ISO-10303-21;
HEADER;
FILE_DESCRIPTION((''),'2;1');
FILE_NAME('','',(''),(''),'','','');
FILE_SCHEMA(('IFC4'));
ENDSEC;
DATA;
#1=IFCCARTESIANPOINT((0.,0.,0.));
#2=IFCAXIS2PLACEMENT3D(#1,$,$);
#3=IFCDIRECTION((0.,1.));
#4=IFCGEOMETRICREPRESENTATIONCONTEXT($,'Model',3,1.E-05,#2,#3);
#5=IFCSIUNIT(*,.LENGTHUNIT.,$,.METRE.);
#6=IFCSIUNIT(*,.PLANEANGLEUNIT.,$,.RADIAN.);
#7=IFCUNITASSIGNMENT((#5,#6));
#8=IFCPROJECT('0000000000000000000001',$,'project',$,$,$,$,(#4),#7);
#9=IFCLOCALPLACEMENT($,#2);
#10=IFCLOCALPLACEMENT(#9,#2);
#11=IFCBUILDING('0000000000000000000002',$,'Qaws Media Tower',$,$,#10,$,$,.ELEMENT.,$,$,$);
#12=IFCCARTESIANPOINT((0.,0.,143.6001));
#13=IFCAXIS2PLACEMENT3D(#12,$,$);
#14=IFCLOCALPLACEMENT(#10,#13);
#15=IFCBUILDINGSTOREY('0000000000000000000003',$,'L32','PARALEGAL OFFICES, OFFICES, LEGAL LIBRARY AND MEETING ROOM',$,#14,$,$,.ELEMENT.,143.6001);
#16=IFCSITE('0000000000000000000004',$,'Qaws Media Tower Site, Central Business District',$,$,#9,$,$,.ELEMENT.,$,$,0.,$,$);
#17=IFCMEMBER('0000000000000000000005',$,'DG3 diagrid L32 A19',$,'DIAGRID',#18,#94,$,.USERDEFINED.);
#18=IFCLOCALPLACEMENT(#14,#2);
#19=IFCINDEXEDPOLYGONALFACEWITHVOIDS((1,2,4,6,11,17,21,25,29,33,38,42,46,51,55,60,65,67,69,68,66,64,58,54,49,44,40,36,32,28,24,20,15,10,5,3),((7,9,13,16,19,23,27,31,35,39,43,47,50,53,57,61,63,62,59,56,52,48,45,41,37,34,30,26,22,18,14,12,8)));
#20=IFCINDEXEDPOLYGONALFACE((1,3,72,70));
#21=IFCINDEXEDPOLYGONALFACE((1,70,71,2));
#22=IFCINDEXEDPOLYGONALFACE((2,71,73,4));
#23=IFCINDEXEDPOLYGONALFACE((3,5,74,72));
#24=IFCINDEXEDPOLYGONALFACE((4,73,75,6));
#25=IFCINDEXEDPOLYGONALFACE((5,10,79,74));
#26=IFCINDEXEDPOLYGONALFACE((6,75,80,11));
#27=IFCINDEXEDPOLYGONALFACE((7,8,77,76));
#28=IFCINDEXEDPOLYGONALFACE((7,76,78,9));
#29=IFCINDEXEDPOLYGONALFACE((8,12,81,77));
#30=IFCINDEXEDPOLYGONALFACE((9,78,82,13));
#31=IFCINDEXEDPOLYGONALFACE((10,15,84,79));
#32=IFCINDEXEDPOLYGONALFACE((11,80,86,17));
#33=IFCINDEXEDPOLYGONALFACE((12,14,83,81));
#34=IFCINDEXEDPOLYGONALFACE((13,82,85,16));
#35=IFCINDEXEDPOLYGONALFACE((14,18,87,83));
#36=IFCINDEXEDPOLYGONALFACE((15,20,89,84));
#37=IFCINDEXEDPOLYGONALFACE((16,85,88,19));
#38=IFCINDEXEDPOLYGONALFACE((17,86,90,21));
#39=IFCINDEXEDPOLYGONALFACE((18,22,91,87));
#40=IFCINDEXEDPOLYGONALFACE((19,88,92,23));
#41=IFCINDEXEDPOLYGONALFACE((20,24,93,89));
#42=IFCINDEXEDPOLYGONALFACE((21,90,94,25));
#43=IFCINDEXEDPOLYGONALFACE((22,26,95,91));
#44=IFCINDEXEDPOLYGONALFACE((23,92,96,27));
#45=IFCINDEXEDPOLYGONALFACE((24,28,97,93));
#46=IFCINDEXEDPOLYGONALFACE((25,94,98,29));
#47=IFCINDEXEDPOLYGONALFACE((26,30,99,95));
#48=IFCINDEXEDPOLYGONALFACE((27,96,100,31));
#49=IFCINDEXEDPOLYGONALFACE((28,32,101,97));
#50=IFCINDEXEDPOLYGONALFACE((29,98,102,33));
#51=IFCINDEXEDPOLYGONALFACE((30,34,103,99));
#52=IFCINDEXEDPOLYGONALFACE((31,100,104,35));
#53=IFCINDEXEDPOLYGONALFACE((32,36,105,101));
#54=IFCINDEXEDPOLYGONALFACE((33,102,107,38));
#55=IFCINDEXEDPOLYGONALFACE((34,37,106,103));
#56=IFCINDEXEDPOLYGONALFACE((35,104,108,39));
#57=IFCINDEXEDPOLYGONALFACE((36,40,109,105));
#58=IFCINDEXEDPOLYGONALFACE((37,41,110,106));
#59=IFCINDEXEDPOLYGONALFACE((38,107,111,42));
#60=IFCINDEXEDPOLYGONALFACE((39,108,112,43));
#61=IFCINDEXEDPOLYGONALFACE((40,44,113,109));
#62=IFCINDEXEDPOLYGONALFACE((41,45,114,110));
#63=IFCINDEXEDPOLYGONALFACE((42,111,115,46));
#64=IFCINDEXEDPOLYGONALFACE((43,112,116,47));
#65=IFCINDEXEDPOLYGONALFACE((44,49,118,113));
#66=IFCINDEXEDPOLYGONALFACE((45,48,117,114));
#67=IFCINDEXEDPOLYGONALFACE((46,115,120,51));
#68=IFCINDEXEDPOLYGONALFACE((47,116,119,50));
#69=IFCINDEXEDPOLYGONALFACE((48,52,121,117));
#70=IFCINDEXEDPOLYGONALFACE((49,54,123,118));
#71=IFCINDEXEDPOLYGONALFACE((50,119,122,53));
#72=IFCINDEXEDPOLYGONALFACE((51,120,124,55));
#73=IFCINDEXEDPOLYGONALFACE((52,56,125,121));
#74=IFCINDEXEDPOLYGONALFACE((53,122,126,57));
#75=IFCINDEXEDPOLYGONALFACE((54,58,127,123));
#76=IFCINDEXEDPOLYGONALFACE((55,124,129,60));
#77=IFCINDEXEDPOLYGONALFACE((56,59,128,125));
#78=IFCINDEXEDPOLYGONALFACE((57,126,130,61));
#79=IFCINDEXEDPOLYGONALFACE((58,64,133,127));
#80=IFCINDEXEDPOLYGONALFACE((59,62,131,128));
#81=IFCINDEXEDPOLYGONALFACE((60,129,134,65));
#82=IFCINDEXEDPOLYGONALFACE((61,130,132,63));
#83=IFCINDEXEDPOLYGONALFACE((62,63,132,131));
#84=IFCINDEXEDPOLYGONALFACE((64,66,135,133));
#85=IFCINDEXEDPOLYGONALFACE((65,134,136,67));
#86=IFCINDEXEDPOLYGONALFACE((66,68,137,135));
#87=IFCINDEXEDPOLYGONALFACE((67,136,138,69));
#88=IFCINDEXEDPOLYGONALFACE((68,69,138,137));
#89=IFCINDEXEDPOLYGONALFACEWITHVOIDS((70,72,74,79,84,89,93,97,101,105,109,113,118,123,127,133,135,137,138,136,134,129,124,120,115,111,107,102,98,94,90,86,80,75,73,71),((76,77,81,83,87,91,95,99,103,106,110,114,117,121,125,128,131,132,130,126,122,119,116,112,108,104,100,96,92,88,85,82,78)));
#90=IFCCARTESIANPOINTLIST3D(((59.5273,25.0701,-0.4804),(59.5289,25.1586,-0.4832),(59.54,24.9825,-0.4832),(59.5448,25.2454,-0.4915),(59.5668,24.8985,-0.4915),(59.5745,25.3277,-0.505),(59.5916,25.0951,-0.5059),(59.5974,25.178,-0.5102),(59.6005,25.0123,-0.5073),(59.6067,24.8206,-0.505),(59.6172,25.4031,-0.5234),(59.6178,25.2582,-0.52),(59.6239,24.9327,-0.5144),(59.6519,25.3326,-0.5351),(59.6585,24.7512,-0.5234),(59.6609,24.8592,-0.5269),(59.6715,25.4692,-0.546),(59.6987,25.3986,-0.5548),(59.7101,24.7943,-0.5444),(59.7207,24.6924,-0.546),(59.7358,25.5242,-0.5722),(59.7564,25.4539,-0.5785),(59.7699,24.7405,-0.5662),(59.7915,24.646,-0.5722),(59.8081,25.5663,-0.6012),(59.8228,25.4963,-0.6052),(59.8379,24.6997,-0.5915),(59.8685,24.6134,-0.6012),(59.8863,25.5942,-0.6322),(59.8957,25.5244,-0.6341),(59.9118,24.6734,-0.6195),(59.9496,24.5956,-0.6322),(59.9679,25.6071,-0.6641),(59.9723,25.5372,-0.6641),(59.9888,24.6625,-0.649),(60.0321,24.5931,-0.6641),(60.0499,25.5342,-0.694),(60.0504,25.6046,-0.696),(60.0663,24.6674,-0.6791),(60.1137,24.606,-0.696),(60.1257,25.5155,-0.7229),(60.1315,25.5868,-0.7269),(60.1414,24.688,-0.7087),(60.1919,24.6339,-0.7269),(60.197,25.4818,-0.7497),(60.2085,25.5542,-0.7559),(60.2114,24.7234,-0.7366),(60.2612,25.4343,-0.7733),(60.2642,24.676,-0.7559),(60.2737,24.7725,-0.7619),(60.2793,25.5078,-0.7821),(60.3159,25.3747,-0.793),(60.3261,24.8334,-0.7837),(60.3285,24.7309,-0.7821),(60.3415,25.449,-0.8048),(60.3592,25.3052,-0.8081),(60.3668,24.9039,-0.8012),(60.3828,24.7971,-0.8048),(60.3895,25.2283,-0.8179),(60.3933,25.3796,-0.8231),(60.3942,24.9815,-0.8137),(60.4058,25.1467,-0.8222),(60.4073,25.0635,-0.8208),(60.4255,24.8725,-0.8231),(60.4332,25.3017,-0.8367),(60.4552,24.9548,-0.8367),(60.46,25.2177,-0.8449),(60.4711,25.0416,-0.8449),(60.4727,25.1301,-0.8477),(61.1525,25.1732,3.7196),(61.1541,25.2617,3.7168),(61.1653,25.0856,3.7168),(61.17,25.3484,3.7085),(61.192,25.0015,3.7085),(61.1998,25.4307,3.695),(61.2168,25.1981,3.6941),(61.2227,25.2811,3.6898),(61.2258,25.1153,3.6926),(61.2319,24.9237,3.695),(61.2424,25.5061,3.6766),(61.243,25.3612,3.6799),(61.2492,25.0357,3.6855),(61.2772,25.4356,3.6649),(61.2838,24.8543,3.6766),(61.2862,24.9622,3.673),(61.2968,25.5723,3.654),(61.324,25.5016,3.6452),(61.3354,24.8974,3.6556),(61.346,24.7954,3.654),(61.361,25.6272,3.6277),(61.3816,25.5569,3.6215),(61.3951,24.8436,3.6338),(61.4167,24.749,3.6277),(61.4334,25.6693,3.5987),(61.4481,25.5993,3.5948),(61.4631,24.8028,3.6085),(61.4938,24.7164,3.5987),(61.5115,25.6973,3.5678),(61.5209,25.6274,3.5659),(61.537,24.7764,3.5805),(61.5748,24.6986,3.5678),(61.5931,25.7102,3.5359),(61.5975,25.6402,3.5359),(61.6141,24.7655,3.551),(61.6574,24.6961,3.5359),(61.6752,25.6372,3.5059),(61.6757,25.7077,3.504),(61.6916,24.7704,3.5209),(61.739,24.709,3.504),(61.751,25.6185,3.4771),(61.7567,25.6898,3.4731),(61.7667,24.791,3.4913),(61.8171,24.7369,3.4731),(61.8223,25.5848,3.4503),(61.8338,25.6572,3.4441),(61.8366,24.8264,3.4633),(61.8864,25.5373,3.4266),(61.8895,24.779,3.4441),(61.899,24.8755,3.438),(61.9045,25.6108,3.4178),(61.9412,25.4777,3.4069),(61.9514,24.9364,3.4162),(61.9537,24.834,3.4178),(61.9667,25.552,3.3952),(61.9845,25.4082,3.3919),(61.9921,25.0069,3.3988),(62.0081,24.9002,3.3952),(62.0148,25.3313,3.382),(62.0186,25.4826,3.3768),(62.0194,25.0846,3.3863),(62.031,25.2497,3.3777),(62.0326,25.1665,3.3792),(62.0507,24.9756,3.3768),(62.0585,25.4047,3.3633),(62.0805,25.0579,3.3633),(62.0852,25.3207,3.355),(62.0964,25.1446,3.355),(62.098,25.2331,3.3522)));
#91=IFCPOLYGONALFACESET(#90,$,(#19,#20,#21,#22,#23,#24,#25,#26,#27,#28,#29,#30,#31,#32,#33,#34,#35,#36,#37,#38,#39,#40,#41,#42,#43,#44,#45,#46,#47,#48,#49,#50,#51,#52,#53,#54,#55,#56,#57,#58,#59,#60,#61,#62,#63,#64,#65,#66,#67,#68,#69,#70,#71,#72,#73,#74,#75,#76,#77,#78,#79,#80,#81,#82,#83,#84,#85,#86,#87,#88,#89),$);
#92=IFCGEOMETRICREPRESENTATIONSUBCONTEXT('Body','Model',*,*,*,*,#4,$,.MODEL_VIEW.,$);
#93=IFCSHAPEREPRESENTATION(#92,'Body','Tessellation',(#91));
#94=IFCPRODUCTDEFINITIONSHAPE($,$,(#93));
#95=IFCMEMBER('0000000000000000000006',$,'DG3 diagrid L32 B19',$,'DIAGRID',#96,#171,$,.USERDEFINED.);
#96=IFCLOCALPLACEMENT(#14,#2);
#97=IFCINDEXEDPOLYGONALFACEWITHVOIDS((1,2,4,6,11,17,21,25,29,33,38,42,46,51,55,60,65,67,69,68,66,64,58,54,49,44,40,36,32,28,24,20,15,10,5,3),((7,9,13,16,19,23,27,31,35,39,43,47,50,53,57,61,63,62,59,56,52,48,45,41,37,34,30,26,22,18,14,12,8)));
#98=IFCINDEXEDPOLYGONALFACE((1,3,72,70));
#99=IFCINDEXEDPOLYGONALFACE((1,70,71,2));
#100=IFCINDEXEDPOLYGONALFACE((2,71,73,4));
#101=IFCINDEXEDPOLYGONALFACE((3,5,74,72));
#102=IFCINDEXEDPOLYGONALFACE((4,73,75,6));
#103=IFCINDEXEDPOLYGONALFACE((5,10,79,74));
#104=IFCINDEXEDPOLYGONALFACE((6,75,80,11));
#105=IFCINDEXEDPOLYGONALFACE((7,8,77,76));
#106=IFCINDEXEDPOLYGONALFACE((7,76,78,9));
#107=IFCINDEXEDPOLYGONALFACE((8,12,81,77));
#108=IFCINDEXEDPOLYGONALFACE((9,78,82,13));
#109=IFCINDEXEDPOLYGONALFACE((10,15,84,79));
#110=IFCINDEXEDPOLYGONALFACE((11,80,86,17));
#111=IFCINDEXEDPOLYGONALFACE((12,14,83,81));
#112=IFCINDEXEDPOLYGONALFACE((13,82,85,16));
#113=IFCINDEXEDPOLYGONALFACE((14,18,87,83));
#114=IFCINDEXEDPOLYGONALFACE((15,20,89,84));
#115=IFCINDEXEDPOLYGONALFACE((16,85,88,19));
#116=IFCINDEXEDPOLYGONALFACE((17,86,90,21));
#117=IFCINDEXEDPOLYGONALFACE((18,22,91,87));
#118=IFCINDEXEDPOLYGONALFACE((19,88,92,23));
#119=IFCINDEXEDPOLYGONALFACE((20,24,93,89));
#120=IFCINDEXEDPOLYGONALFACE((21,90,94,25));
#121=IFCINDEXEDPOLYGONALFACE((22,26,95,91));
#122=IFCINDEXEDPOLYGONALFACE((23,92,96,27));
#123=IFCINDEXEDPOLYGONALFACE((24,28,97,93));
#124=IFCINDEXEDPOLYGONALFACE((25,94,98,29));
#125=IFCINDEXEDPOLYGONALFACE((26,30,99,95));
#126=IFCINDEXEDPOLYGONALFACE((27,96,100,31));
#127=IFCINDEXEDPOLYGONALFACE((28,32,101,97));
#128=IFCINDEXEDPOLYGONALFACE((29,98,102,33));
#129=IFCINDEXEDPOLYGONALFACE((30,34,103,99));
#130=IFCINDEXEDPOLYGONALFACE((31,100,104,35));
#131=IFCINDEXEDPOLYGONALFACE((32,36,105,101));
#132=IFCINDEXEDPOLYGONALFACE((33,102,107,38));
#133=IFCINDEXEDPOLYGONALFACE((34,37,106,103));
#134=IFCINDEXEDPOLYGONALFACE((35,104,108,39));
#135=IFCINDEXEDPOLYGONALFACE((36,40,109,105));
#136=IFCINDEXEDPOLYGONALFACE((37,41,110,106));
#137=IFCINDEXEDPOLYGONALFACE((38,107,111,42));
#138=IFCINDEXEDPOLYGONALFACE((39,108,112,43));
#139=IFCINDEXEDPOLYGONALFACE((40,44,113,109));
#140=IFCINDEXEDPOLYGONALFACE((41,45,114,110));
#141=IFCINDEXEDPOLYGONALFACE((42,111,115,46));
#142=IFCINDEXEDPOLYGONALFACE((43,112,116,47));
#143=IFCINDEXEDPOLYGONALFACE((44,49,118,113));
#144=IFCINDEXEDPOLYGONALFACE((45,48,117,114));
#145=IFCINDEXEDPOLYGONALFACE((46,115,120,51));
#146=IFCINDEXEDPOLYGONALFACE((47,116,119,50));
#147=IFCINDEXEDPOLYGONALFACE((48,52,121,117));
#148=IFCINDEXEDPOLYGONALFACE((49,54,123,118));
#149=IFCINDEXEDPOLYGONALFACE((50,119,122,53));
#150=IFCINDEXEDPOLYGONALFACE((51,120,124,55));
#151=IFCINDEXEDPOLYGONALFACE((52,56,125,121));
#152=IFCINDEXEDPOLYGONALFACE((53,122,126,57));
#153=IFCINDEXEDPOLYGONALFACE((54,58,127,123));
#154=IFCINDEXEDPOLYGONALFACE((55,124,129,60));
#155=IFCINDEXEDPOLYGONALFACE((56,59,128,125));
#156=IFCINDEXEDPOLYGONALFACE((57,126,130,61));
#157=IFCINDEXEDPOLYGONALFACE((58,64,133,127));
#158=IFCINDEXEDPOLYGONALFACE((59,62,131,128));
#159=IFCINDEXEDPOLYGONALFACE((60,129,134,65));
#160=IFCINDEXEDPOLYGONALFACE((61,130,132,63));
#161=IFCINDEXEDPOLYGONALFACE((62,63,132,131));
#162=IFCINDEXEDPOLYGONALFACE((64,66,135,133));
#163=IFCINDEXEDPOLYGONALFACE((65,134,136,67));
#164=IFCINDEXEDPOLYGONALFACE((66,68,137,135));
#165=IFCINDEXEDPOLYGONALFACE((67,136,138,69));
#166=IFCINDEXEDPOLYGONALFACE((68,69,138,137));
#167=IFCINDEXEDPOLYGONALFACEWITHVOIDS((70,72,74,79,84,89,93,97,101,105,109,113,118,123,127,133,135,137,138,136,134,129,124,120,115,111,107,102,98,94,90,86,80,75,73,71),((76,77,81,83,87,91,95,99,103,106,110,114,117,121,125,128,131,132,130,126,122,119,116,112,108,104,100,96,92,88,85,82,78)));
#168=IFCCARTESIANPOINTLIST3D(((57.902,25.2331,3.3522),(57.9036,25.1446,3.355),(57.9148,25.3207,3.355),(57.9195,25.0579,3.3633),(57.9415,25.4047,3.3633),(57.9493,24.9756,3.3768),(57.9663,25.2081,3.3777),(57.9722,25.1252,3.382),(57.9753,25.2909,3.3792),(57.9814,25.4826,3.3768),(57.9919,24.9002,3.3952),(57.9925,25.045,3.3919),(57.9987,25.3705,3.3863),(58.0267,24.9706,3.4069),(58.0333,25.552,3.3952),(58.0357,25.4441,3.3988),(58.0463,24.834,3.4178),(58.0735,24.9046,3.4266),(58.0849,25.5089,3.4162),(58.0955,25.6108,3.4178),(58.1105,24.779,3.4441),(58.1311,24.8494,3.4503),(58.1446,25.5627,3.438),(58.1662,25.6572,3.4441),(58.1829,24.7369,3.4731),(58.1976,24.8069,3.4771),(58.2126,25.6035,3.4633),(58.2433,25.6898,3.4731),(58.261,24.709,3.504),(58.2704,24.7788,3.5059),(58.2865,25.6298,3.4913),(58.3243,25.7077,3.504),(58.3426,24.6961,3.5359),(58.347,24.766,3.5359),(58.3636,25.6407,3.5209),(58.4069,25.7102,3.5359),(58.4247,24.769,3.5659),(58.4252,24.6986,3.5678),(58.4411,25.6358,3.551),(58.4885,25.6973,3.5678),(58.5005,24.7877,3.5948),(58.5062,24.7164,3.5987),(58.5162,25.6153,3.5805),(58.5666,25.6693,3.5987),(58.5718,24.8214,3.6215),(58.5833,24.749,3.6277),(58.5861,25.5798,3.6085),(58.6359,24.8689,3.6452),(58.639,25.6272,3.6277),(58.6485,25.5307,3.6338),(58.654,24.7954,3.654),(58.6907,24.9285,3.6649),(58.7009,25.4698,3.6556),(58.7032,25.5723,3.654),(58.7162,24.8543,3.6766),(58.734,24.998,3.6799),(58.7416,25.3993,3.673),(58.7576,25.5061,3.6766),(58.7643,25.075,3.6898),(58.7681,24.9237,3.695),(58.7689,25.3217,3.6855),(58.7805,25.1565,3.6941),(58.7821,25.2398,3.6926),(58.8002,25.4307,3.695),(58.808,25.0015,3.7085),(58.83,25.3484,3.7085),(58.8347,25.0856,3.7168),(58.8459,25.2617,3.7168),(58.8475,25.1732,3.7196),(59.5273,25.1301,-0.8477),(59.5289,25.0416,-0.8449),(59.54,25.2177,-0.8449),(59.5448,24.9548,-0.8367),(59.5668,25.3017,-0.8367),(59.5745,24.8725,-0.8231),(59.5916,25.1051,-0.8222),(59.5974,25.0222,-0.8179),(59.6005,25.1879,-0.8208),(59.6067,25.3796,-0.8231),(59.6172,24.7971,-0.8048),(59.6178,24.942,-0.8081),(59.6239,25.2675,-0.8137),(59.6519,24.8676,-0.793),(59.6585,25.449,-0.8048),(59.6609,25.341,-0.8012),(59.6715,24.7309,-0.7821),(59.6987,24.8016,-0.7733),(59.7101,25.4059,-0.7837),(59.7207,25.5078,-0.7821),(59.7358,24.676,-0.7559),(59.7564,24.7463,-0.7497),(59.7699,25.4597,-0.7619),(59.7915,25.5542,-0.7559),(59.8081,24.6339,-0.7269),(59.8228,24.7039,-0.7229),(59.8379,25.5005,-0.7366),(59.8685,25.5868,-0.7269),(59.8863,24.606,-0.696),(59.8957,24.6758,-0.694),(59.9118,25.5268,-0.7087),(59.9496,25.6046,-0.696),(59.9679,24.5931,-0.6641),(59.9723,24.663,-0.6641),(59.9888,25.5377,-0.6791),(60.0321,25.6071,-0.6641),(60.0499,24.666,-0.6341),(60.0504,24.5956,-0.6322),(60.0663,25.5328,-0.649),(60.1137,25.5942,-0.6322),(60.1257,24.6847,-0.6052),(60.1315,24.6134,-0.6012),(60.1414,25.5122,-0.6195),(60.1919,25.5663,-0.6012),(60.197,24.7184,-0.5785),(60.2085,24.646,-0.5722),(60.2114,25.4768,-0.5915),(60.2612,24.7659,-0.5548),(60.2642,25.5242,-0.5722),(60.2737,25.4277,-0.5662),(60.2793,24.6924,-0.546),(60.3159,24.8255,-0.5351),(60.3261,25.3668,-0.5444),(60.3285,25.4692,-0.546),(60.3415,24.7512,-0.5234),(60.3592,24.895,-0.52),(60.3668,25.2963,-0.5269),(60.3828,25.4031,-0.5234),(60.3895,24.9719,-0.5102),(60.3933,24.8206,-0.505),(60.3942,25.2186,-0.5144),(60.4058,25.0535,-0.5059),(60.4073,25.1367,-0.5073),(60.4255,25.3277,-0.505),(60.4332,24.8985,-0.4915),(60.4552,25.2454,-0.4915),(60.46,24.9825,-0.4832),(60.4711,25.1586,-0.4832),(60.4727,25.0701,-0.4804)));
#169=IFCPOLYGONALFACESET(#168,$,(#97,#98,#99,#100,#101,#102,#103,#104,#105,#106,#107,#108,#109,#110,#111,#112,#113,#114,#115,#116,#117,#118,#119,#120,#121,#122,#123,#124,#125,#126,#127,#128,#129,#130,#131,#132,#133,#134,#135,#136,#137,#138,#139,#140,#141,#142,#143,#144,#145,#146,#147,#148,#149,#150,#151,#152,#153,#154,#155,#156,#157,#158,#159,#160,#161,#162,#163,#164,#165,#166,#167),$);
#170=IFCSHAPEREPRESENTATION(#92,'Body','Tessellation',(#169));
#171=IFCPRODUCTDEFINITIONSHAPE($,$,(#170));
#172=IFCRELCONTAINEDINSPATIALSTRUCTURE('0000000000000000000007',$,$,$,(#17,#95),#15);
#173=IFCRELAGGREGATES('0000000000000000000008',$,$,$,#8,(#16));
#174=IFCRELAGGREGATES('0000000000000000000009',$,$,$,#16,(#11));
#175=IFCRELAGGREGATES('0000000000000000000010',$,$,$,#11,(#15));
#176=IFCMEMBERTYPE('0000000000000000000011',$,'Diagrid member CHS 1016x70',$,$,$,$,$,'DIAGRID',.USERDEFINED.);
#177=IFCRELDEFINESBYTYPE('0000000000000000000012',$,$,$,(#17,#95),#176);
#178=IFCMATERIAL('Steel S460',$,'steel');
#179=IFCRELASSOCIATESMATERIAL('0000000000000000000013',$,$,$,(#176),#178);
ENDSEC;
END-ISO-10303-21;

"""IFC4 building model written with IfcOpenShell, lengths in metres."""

from ifc_helpers import new_model, si_unit, direction, frame, origin, origin_2d, place, context, subcontext, project, spatial, hollow_circle, extrude, material, material_profile, profile_set, type_object, element, save


model = new_model("IFC4")

# Units and contexts
model_context = context("Model", 3, precision=1e-05, world=origin(), true_north=direction((0.0, 1.0)))
body_context = subcontext(model_context, "Body", "Model", "MODEL_VIEW")
ifc_project = project(units=[si_unit("LENGTHUNIT", "METRE"), si_unit("PLANEANGLEUNIT", "RADIAN")], contexts=[model_context])

# Site, building, storey
site_placement = place(None, origin())
site = spatial("IfcSite", under=ifc_project, at=site_placement, Name="Qaws Media Tower Site, Central Business District", CompositionType="ELEMENT", RefElevation=0.0)
building_placement = place(site_placement, origin())
building = spatial("IfcBuilding", under=site, at=building_placement, Name="Qaws Media Tower", CompositionType="ELEMENT")
storey_placement = place(building_placement, frame((0.0, 0.0, 143.6001)))
storey = spatial("IfcBuildingStorey", under=building, at=storey_placement, Name="L32", Description="PARALEGAL OFFICES, OFFICES, LEGAL LIBRARY AND MEETING ROOM", CompositionType="ELEMENT", Elevation=143.6001)

# Members
ifc_material_1 = material(Name="Steel S460", Category="steel")
ifc_material_profile_1 = material_profile(ifc_material_1, hollow_circle(Radius=0.5081, WallThickness=0.0701, at=origin_2d()), Name="CHS 1016x70")
ifc_profile_set_1 = profile_set([ifc_material_profile_1], Name="Steel S460")
member_type_1 = type_object("IfcMemberType", Name="Diagrid member CHS 1016x70", ElementType="DIAGRID", PredefinedType="USERDEFINED", material=ifc_profile_set_1)
for number, where, z_axis, x_axis, name in (
    (1, (60.0, 25.1001, -0.6641), (0.360795, 0.022871, 0.932365), (-0.063265, 0.997997, 0.0), "DG3 diagrid L32 A19"),
    (2, (60.0, 25.1001, -0.6641), (-0.360795, 0.022871, 0.932365), (-0.063265, -0.997997, 0.0), "DG3 diagrid L32 B19"),
):
    element("IfcMember", number, at=place(storey_placement, frame(where, z_axis=z_axis, x_axis=x_axis)), inside=storey, type_object=member_type_1, Name=name, ObjectType="DIAGRID", PredefinedType="USERDEFINED", context=body_context, shape_type="SweptSolid", body=[
        extrude(hollow_circle(Radius=0.5081, WallThickness=0.0701, at=origin_2d()), origin(), (0.0, 0.0, 1.0), 4.5046),
    ])

save(model, "model.ifc")
